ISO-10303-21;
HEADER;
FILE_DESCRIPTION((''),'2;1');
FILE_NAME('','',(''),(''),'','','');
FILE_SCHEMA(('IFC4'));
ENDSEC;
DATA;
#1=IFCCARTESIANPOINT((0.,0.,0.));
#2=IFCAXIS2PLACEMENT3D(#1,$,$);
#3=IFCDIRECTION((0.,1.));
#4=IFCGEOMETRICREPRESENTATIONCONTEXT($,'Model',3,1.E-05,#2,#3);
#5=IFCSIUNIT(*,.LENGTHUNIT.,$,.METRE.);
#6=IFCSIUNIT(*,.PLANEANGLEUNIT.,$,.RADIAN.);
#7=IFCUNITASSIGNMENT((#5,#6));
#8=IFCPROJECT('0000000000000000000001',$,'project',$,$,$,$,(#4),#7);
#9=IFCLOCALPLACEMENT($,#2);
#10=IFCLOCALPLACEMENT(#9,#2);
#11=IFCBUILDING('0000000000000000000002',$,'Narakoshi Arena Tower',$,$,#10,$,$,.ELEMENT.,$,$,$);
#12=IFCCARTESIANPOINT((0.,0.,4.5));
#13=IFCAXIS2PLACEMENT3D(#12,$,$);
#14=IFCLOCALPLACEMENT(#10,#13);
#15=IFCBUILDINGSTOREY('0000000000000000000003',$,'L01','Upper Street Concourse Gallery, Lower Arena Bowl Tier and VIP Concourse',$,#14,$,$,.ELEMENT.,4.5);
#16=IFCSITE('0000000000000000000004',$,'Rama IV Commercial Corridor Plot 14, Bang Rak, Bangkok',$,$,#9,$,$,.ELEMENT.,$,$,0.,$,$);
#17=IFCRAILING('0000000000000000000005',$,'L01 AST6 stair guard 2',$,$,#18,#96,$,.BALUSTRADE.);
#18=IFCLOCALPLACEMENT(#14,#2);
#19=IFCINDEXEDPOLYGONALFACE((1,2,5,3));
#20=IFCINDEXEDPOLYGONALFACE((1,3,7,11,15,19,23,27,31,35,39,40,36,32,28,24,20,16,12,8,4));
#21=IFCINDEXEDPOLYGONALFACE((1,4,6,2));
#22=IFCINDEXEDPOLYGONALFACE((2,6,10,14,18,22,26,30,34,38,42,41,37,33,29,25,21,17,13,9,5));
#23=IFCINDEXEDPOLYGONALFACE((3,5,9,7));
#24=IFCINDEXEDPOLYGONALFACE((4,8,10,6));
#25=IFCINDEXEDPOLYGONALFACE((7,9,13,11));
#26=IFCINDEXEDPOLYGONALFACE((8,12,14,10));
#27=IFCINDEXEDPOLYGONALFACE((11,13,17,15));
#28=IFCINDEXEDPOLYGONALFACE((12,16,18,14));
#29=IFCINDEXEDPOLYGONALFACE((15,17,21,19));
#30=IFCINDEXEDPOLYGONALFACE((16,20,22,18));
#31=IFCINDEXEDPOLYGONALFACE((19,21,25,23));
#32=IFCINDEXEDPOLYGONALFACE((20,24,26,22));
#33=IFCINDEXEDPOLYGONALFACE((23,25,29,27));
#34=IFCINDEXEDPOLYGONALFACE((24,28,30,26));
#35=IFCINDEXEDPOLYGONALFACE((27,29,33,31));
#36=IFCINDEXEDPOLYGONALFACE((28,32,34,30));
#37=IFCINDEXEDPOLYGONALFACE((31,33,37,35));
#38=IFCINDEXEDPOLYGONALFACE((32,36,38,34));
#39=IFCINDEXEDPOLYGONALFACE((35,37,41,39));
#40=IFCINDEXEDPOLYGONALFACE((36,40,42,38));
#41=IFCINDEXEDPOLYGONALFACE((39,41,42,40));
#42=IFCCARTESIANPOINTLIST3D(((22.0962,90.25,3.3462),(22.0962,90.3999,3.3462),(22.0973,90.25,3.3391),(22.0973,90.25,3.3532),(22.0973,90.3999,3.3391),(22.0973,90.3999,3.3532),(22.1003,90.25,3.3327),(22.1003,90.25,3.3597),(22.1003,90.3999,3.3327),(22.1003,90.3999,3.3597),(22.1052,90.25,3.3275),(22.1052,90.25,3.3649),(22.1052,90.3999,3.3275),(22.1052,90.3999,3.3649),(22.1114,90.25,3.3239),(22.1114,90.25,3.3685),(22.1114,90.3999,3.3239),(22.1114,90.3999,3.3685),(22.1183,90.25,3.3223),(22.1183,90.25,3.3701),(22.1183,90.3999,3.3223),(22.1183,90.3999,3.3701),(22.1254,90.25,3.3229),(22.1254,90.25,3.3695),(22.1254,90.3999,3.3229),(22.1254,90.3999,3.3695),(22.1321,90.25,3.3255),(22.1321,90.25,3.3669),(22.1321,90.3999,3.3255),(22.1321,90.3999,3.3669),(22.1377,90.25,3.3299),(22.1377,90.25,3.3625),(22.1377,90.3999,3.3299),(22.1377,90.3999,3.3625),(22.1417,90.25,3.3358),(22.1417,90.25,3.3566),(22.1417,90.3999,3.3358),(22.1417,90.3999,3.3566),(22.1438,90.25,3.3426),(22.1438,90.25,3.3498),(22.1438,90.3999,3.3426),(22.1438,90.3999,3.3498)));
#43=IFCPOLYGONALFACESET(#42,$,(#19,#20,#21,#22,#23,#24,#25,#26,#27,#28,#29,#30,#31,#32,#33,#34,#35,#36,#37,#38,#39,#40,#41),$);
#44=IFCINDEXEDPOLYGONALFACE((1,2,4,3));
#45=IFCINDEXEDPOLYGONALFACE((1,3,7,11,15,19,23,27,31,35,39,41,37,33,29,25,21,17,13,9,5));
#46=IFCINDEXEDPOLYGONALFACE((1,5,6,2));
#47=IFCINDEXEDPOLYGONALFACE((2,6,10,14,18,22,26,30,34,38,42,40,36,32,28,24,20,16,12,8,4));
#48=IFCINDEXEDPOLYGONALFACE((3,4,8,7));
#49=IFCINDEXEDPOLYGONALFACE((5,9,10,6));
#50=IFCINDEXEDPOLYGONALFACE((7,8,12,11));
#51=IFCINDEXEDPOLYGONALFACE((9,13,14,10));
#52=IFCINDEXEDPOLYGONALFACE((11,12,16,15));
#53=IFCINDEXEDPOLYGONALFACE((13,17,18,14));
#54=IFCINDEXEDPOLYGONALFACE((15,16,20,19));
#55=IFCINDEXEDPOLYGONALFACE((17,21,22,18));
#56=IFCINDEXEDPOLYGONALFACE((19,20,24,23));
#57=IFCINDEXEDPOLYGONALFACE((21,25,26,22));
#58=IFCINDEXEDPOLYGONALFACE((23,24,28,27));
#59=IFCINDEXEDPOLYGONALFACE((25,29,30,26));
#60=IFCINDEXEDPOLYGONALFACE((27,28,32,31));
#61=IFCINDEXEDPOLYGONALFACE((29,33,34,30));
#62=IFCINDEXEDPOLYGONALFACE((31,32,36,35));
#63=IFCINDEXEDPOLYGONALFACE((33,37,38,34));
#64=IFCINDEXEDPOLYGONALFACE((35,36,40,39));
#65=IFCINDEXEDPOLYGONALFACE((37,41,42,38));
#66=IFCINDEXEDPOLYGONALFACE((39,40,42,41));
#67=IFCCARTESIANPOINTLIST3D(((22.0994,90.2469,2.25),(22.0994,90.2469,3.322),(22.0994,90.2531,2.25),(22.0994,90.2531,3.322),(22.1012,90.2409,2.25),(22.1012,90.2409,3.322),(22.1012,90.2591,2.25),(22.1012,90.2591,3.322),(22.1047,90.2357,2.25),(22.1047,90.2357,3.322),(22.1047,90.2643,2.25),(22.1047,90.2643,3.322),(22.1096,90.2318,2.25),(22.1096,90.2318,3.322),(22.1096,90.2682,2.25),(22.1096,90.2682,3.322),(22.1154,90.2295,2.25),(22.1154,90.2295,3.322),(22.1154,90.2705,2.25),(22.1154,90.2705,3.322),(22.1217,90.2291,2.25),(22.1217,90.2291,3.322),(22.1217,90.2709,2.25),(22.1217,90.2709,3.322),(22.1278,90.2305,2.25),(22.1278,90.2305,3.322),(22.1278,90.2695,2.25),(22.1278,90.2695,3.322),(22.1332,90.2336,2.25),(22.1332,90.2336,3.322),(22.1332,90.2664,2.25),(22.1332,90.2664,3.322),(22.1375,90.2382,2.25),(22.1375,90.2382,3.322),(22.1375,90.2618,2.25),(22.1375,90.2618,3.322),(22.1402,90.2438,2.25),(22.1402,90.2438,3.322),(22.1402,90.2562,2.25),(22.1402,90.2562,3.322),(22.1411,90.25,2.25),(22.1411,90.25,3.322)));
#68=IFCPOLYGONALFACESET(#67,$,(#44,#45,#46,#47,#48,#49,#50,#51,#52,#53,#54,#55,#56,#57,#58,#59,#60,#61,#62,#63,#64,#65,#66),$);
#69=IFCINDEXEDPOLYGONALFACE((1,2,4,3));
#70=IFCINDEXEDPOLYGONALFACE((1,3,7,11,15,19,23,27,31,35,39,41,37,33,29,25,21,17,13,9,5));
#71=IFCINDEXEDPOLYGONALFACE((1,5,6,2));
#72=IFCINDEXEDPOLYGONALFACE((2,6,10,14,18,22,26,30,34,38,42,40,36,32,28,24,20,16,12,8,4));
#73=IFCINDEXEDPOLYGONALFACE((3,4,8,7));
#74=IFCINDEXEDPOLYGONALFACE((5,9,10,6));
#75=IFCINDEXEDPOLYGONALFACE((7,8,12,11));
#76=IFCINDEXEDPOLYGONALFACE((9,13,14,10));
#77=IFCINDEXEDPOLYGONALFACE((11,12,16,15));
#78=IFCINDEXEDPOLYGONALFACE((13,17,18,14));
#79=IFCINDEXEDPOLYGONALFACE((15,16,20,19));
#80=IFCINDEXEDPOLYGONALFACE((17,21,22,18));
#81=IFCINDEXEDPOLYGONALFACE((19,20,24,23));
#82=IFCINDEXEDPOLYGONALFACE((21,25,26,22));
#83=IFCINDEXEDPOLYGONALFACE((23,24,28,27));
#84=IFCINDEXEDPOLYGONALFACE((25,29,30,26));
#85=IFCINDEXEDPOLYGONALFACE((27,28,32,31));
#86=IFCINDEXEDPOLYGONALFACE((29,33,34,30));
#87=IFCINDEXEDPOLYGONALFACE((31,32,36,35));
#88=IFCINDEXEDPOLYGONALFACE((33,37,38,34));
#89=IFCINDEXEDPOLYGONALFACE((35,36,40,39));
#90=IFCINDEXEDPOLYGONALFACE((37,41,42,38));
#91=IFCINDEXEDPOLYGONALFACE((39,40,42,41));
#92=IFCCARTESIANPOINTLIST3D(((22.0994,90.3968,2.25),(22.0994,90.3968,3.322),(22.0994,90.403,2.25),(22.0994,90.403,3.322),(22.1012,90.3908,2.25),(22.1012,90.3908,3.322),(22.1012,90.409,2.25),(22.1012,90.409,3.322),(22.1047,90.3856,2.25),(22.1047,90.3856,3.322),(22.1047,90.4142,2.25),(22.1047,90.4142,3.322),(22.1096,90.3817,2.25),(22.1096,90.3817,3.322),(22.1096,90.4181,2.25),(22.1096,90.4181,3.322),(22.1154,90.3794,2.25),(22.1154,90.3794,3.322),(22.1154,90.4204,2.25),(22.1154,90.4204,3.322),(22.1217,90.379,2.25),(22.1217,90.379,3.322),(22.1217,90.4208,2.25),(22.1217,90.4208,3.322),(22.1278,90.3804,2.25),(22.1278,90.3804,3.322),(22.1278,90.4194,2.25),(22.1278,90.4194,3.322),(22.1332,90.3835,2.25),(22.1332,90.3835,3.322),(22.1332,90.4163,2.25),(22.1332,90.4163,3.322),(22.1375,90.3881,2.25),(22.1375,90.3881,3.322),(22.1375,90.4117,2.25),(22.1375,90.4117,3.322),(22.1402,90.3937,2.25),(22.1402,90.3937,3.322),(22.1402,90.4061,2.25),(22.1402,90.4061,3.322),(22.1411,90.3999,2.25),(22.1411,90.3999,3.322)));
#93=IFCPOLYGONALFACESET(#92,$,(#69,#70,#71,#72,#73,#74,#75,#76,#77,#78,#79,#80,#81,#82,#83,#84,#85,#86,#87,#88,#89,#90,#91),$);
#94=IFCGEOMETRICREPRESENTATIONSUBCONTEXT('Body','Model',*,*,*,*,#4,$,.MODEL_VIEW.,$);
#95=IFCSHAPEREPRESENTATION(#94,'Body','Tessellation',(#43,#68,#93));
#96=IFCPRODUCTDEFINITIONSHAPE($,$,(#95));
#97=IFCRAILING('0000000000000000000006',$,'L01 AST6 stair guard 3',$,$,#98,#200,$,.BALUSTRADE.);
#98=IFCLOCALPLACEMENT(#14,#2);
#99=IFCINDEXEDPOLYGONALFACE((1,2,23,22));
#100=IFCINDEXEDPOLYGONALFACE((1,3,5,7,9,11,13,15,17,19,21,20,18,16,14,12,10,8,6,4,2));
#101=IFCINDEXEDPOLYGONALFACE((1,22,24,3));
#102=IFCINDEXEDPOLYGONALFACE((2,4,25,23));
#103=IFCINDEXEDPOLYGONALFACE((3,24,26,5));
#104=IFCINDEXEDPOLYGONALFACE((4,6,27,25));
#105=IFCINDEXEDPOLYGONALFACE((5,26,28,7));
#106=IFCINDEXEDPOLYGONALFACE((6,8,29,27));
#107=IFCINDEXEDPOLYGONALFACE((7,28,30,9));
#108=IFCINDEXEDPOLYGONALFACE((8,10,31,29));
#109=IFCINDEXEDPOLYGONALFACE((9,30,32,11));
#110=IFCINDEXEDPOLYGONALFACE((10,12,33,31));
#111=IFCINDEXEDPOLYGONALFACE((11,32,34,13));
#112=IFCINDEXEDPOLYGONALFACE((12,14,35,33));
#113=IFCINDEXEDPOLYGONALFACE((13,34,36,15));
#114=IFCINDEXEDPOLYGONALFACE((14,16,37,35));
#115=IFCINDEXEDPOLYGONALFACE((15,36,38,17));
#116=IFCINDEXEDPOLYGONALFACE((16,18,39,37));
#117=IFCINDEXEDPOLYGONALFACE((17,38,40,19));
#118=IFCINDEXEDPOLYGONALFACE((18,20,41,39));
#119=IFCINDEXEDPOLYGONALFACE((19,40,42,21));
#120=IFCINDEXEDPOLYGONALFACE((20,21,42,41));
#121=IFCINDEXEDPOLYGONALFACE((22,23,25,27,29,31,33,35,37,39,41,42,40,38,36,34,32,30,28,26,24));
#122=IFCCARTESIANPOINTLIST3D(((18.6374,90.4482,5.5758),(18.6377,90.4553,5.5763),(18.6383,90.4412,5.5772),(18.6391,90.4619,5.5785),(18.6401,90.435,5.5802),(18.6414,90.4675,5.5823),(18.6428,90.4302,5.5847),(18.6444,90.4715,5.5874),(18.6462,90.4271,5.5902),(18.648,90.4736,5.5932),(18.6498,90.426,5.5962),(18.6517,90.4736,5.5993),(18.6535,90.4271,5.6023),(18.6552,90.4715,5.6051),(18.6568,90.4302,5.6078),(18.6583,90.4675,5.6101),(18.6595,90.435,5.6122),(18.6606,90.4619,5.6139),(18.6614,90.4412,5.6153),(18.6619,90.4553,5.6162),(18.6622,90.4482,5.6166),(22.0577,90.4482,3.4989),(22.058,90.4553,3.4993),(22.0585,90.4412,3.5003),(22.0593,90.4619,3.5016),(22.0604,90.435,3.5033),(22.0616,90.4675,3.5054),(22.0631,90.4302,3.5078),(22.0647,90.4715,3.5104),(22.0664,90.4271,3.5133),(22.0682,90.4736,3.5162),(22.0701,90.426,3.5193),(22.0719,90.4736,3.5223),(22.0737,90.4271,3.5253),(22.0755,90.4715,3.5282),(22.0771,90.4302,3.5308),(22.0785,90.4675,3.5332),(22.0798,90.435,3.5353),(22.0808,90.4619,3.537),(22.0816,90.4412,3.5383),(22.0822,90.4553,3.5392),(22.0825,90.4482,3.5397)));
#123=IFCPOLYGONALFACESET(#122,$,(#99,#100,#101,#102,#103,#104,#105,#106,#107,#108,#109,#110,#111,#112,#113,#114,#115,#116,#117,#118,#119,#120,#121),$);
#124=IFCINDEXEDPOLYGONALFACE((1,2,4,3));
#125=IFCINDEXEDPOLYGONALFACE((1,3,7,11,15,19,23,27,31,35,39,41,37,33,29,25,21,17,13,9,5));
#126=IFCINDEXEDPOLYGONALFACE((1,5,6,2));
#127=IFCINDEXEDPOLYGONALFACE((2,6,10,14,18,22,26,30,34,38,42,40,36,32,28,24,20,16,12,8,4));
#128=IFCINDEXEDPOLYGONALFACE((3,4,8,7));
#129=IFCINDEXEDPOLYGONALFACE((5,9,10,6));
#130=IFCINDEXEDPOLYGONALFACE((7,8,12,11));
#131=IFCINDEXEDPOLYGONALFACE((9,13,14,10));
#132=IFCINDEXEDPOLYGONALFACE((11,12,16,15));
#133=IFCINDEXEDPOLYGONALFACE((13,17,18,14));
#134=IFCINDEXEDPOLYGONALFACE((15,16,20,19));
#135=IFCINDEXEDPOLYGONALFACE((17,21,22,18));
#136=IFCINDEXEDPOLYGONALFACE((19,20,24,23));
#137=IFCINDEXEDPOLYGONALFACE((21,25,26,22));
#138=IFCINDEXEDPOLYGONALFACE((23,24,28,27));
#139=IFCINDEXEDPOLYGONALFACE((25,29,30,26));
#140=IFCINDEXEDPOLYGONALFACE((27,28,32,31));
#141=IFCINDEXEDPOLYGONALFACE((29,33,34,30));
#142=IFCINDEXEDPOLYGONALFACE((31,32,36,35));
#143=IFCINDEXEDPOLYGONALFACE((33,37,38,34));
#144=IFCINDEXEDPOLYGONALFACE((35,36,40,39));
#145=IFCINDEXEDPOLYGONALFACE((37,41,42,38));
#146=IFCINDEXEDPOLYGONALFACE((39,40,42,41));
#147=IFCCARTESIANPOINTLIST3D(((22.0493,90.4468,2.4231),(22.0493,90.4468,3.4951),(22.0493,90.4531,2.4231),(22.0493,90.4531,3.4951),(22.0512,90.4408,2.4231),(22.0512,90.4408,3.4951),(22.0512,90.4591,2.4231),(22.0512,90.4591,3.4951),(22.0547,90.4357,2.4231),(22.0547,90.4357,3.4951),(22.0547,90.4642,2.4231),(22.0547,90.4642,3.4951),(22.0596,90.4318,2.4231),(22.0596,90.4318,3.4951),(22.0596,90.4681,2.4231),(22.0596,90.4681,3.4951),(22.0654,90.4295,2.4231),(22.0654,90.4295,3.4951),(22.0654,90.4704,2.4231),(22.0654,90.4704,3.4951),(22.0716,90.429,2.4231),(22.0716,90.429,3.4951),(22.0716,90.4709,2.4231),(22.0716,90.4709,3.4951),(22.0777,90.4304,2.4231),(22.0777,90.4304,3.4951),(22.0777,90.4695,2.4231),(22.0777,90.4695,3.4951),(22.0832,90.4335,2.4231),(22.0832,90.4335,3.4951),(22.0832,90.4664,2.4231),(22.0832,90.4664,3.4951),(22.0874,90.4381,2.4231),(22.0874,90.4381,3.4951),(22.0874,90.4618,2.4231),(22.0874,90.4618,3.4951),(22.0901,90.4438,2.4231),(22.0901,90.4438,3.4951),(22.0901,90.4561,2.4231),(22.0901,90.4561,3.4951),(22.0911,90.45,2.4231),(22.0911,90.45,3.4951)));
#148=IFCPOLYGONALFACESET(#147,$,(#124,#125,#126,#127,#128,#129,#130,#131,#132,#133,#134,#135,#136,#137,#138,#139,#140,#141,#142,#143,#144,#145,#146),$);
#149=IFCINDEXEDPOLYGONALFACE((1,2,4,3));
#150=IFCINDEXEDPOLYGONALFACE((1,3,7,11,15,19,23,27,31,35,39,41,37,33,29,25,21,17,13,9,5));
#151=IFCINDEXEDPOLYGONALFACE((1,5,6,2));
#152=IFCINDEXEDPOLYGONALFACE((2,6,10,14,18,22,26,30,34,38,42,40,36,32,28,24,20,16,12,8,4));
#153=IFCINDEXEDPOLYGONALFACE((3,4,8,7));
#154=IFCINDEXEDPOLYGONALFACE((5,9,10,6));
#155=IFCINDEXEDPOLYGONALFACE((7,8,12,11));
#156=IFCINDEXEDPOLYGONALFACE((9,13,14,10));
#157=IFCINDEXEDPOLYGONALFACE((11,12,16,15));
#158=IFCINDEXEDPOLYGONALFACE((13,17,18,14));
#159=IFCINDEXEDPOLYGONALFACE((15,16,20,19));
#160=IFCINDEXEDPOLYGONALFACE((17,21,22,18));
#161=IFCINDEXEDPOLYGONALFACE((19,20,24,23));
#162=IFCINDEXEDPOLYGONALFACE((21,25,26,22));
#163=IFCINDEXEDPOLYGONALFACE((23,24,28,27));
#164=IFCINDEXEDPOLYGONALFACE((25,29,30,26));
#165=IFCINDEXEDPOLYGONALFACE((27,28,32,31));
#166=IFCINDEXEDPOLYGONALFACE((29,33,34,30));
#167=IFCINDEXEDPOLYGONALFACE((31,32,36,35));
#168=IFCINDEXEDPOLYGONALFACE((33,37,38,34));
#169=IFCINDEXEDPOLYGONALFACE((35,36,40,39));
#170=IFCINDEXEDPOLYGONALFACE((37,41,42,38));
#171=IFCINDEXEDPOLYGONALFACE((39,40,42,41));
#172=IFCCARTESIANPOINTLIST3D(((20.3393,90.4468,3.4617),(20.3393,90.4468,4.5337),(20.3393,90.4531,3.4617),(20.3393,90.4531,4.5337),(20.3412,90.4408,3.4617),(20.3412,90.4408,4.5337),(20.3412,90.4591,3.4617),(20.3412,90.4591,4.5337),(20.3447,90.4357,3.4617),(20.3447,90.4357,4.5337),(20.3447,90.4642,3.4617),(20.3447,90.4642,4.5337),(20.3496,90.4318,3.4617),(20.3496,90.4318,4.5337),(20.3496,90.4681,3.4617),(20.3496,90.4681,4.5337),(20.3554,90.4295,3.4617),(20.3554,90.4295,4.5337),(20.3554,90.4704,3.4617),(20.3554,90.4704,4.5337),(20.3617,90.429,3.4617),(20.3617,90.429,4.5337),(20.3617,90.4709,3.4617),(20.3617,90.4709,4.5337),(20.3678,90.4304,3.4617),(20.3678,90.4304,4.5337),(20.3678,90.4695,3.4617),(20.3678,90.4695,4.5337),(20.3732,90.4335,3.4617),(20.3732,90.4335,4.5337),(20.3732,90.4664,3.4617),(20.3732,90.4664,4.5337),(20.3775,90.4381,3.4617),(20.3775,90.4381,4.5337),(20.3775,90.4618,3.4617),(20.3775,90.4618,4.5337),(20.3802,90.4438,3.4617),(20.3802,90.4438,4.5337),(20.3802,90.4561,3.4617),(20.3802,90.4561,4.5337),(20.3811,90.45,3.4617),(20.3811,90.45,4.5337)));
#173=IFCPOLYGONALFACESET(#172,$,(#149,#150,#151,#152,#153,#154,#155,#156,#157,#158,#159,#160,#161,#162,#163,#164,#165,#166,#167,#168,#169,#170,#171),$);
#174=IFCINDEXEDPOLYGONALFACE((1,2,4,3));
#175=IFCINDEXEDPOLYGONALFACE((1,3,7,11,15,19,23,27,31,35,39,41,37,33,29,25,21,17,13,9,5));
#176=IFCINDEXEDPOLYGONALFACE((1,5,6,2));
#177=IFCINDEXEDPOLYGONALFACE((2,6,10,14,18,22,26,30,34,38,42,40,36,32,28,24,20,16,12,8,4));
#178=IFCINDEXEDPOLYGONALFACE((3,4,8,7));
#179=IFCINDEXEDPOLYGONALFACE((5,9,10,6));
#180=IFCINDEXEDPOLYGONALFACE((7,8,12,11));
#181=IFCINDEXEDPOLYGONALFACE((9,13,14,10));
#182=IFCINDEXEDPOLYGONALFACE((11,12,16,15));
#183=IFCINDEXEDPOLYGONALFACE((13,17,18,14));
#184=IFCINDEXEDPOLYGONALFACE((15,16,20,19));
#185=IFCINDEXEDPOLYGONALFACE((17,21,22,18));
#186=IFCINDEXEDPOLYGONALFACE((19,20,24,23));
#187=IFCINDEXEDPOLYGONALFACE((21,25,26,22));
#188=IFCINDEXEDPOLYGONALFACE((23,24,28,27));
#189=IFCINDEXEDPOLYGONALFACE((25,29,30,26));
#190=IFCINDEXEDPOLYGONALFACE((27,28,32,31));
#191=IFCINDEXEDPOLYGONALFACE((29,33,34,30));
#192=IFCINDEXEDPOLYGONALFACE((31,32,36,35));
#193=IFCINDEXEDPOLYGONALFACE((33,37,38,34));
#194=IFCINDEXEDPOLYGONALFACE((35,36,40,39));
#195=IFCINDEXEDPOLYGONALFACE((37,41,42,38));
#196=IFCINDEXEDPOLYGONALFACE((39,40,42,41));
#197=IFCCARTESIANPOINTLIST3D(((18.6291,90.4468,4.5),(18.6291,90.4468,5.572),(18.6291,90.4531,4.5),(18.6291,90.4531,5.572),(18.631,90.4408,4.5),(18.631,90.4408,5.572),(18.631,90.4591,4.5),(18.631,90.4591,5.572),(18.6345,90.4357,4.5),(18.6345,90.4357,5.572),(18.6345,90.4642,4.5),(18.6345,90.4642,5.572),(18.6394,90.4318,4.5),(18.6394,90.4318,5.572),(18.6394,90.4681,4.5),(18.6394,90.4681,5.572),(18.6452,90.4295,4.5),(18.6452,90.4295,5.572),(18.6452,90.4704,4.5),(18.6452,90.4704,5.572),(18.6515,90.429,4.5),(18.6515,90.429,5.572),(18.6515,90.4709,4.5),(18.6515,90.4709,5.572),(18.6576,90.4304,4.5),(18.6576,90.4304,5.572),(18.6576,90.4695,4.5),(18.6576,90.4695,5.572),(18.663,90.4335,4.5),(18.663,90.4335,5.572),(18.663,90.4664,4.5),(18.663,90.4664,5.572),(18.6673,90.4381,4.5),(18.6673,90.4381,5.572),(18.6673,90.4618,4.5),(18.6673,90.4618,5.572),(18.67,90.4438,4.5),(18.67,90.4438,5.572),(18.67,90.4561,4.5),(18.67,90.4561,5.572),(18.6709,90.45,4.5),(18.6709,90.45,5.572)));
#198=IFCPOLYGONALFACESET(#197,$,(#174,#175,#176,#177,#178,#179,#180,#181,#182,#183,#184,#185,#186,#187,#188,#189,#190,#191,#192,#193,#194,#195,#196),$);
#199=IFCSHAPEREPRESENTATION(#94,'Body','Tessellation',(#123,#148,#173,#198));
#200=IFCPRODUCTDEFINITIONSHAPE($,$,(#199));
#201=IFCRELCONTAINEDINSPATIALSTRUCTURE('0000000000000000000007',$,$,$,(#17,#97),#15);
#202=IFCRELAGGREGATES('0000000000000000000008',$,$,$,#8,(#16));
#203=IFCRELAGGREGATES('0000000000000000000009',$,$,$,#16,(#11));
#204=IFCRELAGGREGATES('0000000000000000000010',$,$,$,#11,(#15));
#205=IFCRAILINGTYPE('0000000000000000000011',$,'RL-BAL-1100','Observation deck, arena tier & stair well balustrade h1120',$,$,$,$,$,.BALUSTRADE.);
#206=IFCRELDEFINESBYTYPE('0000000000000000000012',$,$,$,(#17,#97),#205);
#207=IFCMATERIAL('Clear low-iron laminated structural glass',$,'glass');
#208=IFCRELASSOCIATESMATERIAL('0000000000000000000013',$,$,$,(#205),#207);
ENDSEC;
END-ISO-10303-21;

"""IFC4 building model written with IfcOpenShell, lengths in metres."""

from ifc_helpers import new_model, si_unit, direction, frame, origin, origin_2d, place, context, subcontext, project, spatial, circle, extrude, material, type_object, element, save


model = new_model("IFC4")

# Units and contexts
model_context = context("Model", 3, precision=1e-05, world=origin(), true_north=direction((0.0, 1.0)))
body_context = subcontext(model_context, "Body", "Model", "MODEL_VIEW")
ifc_project = project(units=[si_unit("LENGTHUNIT", "METRE"), si_unit("PLANEANGLEUNIT", "RADIAN")], contexts=[model_context])

# Site, building, storey
site_placement = place(None, origin())
site = spatial("IfcSite", under=ifc_project, at=site_placement, Name="Rama IV Commercial Corridor Plot 14, Bang Rak, Bangkok", CompositionType="ELEMENT", RefElevation=0.0)
building_placement = place(site_placement, origin())
building = spatial("IfcBuilding", under=site, at=building_placement, Name="Narakoshi Arena Tower", CompositionType="ELEMENT")
storey_placement = place(building_placement, frame((0.0, 0.0, 4.5)))
storey = spatial("IfcBuildingStorey", under=building, at=storey_placement, Name="L01", Description="Upper Street Concourse Gallery, Lower Arena Bowl Tier and VIP Concourse", CompositionType="ELEMENT", Elevation=4.5)

# Railings
ifc_material_1 = material(Name="Clear low-iron laminated structural glass", Category="glass")
railing_type_1 = type_object("IfcRailingType", Name="RL-BAL-1100", Description="Observation deck, arena tier & stair well balustrade h1120", PredefinedType="BALUSTRADE", material=ifc_material_1)
railing_1_placement = place(storey_placement, frame((22.1201, 90.25, 2.25)))
element("IfcRailing", 1, at=railing_1_placement, inside=storey, type_object=railing_type_1, Name="L01 AST6 stair guard 2", PredefinedType="BALUSTRADE", context=body_context, shape_type="SweptSolid", body=[
    extrude(circle(Radius=0.0239, at=origin_2d()), frame((0.0, 0.0, 1.0962), z_axis=(0.0, 1.0, 0.0), x_axis=(-1.0, 0.0, 0.0)), (0.0, 0.0, 1.0), 0.1499),
    extrude(circle(Radius=0.021, at=origin_2d()), origin(), (0.0, 0.0, 1.0), 1.072),
    extrude(circle(Radius=0.021, at=origin_2d()), frame((0.0, 0.1499, 0.0)), (0.0, 0.0, 1.0), 1.072),
])
railing_2_placement = place(storey_placement, frame((22.0701, 90.45, 2.4231)))
element("IfcRailing", 2, at=railing_2_placement, inside=storey, type_object=railing_type_1, Name="L01 AST6 stair guard 3", PredefinedType="BALUSTRADE", context=body_context, shape_type="SweptSolid", body=[
    extrude(circle(Radius=0.0239, at=origin_2d()), frame((0.0, 0.0, 1.0962), z_axis=(-0.854746, 0.0, 0.519047), x_axis=(0.0, -1.0, 0.0)), (0.0, 0.0, 1.0), 4.0015),
    extrude(circle(Radius=0.021, at=origin_2d()), origin(), (0.0, 0.0, 1.0), 1.072),
    extrude(circle(Radius=0.021, at=origin_2d()), frame((-1.71, 0.0, 1.0386)), (0.0, 0.0, 1.0), 1.072),
    extrude(circle(Radius=0.021, at=origin_2d()), frame((-3.4202, 0.0, 2.0769)), (0.0, 0.0, 1.0), 1.072),
])

save(model, "model.ifc")
